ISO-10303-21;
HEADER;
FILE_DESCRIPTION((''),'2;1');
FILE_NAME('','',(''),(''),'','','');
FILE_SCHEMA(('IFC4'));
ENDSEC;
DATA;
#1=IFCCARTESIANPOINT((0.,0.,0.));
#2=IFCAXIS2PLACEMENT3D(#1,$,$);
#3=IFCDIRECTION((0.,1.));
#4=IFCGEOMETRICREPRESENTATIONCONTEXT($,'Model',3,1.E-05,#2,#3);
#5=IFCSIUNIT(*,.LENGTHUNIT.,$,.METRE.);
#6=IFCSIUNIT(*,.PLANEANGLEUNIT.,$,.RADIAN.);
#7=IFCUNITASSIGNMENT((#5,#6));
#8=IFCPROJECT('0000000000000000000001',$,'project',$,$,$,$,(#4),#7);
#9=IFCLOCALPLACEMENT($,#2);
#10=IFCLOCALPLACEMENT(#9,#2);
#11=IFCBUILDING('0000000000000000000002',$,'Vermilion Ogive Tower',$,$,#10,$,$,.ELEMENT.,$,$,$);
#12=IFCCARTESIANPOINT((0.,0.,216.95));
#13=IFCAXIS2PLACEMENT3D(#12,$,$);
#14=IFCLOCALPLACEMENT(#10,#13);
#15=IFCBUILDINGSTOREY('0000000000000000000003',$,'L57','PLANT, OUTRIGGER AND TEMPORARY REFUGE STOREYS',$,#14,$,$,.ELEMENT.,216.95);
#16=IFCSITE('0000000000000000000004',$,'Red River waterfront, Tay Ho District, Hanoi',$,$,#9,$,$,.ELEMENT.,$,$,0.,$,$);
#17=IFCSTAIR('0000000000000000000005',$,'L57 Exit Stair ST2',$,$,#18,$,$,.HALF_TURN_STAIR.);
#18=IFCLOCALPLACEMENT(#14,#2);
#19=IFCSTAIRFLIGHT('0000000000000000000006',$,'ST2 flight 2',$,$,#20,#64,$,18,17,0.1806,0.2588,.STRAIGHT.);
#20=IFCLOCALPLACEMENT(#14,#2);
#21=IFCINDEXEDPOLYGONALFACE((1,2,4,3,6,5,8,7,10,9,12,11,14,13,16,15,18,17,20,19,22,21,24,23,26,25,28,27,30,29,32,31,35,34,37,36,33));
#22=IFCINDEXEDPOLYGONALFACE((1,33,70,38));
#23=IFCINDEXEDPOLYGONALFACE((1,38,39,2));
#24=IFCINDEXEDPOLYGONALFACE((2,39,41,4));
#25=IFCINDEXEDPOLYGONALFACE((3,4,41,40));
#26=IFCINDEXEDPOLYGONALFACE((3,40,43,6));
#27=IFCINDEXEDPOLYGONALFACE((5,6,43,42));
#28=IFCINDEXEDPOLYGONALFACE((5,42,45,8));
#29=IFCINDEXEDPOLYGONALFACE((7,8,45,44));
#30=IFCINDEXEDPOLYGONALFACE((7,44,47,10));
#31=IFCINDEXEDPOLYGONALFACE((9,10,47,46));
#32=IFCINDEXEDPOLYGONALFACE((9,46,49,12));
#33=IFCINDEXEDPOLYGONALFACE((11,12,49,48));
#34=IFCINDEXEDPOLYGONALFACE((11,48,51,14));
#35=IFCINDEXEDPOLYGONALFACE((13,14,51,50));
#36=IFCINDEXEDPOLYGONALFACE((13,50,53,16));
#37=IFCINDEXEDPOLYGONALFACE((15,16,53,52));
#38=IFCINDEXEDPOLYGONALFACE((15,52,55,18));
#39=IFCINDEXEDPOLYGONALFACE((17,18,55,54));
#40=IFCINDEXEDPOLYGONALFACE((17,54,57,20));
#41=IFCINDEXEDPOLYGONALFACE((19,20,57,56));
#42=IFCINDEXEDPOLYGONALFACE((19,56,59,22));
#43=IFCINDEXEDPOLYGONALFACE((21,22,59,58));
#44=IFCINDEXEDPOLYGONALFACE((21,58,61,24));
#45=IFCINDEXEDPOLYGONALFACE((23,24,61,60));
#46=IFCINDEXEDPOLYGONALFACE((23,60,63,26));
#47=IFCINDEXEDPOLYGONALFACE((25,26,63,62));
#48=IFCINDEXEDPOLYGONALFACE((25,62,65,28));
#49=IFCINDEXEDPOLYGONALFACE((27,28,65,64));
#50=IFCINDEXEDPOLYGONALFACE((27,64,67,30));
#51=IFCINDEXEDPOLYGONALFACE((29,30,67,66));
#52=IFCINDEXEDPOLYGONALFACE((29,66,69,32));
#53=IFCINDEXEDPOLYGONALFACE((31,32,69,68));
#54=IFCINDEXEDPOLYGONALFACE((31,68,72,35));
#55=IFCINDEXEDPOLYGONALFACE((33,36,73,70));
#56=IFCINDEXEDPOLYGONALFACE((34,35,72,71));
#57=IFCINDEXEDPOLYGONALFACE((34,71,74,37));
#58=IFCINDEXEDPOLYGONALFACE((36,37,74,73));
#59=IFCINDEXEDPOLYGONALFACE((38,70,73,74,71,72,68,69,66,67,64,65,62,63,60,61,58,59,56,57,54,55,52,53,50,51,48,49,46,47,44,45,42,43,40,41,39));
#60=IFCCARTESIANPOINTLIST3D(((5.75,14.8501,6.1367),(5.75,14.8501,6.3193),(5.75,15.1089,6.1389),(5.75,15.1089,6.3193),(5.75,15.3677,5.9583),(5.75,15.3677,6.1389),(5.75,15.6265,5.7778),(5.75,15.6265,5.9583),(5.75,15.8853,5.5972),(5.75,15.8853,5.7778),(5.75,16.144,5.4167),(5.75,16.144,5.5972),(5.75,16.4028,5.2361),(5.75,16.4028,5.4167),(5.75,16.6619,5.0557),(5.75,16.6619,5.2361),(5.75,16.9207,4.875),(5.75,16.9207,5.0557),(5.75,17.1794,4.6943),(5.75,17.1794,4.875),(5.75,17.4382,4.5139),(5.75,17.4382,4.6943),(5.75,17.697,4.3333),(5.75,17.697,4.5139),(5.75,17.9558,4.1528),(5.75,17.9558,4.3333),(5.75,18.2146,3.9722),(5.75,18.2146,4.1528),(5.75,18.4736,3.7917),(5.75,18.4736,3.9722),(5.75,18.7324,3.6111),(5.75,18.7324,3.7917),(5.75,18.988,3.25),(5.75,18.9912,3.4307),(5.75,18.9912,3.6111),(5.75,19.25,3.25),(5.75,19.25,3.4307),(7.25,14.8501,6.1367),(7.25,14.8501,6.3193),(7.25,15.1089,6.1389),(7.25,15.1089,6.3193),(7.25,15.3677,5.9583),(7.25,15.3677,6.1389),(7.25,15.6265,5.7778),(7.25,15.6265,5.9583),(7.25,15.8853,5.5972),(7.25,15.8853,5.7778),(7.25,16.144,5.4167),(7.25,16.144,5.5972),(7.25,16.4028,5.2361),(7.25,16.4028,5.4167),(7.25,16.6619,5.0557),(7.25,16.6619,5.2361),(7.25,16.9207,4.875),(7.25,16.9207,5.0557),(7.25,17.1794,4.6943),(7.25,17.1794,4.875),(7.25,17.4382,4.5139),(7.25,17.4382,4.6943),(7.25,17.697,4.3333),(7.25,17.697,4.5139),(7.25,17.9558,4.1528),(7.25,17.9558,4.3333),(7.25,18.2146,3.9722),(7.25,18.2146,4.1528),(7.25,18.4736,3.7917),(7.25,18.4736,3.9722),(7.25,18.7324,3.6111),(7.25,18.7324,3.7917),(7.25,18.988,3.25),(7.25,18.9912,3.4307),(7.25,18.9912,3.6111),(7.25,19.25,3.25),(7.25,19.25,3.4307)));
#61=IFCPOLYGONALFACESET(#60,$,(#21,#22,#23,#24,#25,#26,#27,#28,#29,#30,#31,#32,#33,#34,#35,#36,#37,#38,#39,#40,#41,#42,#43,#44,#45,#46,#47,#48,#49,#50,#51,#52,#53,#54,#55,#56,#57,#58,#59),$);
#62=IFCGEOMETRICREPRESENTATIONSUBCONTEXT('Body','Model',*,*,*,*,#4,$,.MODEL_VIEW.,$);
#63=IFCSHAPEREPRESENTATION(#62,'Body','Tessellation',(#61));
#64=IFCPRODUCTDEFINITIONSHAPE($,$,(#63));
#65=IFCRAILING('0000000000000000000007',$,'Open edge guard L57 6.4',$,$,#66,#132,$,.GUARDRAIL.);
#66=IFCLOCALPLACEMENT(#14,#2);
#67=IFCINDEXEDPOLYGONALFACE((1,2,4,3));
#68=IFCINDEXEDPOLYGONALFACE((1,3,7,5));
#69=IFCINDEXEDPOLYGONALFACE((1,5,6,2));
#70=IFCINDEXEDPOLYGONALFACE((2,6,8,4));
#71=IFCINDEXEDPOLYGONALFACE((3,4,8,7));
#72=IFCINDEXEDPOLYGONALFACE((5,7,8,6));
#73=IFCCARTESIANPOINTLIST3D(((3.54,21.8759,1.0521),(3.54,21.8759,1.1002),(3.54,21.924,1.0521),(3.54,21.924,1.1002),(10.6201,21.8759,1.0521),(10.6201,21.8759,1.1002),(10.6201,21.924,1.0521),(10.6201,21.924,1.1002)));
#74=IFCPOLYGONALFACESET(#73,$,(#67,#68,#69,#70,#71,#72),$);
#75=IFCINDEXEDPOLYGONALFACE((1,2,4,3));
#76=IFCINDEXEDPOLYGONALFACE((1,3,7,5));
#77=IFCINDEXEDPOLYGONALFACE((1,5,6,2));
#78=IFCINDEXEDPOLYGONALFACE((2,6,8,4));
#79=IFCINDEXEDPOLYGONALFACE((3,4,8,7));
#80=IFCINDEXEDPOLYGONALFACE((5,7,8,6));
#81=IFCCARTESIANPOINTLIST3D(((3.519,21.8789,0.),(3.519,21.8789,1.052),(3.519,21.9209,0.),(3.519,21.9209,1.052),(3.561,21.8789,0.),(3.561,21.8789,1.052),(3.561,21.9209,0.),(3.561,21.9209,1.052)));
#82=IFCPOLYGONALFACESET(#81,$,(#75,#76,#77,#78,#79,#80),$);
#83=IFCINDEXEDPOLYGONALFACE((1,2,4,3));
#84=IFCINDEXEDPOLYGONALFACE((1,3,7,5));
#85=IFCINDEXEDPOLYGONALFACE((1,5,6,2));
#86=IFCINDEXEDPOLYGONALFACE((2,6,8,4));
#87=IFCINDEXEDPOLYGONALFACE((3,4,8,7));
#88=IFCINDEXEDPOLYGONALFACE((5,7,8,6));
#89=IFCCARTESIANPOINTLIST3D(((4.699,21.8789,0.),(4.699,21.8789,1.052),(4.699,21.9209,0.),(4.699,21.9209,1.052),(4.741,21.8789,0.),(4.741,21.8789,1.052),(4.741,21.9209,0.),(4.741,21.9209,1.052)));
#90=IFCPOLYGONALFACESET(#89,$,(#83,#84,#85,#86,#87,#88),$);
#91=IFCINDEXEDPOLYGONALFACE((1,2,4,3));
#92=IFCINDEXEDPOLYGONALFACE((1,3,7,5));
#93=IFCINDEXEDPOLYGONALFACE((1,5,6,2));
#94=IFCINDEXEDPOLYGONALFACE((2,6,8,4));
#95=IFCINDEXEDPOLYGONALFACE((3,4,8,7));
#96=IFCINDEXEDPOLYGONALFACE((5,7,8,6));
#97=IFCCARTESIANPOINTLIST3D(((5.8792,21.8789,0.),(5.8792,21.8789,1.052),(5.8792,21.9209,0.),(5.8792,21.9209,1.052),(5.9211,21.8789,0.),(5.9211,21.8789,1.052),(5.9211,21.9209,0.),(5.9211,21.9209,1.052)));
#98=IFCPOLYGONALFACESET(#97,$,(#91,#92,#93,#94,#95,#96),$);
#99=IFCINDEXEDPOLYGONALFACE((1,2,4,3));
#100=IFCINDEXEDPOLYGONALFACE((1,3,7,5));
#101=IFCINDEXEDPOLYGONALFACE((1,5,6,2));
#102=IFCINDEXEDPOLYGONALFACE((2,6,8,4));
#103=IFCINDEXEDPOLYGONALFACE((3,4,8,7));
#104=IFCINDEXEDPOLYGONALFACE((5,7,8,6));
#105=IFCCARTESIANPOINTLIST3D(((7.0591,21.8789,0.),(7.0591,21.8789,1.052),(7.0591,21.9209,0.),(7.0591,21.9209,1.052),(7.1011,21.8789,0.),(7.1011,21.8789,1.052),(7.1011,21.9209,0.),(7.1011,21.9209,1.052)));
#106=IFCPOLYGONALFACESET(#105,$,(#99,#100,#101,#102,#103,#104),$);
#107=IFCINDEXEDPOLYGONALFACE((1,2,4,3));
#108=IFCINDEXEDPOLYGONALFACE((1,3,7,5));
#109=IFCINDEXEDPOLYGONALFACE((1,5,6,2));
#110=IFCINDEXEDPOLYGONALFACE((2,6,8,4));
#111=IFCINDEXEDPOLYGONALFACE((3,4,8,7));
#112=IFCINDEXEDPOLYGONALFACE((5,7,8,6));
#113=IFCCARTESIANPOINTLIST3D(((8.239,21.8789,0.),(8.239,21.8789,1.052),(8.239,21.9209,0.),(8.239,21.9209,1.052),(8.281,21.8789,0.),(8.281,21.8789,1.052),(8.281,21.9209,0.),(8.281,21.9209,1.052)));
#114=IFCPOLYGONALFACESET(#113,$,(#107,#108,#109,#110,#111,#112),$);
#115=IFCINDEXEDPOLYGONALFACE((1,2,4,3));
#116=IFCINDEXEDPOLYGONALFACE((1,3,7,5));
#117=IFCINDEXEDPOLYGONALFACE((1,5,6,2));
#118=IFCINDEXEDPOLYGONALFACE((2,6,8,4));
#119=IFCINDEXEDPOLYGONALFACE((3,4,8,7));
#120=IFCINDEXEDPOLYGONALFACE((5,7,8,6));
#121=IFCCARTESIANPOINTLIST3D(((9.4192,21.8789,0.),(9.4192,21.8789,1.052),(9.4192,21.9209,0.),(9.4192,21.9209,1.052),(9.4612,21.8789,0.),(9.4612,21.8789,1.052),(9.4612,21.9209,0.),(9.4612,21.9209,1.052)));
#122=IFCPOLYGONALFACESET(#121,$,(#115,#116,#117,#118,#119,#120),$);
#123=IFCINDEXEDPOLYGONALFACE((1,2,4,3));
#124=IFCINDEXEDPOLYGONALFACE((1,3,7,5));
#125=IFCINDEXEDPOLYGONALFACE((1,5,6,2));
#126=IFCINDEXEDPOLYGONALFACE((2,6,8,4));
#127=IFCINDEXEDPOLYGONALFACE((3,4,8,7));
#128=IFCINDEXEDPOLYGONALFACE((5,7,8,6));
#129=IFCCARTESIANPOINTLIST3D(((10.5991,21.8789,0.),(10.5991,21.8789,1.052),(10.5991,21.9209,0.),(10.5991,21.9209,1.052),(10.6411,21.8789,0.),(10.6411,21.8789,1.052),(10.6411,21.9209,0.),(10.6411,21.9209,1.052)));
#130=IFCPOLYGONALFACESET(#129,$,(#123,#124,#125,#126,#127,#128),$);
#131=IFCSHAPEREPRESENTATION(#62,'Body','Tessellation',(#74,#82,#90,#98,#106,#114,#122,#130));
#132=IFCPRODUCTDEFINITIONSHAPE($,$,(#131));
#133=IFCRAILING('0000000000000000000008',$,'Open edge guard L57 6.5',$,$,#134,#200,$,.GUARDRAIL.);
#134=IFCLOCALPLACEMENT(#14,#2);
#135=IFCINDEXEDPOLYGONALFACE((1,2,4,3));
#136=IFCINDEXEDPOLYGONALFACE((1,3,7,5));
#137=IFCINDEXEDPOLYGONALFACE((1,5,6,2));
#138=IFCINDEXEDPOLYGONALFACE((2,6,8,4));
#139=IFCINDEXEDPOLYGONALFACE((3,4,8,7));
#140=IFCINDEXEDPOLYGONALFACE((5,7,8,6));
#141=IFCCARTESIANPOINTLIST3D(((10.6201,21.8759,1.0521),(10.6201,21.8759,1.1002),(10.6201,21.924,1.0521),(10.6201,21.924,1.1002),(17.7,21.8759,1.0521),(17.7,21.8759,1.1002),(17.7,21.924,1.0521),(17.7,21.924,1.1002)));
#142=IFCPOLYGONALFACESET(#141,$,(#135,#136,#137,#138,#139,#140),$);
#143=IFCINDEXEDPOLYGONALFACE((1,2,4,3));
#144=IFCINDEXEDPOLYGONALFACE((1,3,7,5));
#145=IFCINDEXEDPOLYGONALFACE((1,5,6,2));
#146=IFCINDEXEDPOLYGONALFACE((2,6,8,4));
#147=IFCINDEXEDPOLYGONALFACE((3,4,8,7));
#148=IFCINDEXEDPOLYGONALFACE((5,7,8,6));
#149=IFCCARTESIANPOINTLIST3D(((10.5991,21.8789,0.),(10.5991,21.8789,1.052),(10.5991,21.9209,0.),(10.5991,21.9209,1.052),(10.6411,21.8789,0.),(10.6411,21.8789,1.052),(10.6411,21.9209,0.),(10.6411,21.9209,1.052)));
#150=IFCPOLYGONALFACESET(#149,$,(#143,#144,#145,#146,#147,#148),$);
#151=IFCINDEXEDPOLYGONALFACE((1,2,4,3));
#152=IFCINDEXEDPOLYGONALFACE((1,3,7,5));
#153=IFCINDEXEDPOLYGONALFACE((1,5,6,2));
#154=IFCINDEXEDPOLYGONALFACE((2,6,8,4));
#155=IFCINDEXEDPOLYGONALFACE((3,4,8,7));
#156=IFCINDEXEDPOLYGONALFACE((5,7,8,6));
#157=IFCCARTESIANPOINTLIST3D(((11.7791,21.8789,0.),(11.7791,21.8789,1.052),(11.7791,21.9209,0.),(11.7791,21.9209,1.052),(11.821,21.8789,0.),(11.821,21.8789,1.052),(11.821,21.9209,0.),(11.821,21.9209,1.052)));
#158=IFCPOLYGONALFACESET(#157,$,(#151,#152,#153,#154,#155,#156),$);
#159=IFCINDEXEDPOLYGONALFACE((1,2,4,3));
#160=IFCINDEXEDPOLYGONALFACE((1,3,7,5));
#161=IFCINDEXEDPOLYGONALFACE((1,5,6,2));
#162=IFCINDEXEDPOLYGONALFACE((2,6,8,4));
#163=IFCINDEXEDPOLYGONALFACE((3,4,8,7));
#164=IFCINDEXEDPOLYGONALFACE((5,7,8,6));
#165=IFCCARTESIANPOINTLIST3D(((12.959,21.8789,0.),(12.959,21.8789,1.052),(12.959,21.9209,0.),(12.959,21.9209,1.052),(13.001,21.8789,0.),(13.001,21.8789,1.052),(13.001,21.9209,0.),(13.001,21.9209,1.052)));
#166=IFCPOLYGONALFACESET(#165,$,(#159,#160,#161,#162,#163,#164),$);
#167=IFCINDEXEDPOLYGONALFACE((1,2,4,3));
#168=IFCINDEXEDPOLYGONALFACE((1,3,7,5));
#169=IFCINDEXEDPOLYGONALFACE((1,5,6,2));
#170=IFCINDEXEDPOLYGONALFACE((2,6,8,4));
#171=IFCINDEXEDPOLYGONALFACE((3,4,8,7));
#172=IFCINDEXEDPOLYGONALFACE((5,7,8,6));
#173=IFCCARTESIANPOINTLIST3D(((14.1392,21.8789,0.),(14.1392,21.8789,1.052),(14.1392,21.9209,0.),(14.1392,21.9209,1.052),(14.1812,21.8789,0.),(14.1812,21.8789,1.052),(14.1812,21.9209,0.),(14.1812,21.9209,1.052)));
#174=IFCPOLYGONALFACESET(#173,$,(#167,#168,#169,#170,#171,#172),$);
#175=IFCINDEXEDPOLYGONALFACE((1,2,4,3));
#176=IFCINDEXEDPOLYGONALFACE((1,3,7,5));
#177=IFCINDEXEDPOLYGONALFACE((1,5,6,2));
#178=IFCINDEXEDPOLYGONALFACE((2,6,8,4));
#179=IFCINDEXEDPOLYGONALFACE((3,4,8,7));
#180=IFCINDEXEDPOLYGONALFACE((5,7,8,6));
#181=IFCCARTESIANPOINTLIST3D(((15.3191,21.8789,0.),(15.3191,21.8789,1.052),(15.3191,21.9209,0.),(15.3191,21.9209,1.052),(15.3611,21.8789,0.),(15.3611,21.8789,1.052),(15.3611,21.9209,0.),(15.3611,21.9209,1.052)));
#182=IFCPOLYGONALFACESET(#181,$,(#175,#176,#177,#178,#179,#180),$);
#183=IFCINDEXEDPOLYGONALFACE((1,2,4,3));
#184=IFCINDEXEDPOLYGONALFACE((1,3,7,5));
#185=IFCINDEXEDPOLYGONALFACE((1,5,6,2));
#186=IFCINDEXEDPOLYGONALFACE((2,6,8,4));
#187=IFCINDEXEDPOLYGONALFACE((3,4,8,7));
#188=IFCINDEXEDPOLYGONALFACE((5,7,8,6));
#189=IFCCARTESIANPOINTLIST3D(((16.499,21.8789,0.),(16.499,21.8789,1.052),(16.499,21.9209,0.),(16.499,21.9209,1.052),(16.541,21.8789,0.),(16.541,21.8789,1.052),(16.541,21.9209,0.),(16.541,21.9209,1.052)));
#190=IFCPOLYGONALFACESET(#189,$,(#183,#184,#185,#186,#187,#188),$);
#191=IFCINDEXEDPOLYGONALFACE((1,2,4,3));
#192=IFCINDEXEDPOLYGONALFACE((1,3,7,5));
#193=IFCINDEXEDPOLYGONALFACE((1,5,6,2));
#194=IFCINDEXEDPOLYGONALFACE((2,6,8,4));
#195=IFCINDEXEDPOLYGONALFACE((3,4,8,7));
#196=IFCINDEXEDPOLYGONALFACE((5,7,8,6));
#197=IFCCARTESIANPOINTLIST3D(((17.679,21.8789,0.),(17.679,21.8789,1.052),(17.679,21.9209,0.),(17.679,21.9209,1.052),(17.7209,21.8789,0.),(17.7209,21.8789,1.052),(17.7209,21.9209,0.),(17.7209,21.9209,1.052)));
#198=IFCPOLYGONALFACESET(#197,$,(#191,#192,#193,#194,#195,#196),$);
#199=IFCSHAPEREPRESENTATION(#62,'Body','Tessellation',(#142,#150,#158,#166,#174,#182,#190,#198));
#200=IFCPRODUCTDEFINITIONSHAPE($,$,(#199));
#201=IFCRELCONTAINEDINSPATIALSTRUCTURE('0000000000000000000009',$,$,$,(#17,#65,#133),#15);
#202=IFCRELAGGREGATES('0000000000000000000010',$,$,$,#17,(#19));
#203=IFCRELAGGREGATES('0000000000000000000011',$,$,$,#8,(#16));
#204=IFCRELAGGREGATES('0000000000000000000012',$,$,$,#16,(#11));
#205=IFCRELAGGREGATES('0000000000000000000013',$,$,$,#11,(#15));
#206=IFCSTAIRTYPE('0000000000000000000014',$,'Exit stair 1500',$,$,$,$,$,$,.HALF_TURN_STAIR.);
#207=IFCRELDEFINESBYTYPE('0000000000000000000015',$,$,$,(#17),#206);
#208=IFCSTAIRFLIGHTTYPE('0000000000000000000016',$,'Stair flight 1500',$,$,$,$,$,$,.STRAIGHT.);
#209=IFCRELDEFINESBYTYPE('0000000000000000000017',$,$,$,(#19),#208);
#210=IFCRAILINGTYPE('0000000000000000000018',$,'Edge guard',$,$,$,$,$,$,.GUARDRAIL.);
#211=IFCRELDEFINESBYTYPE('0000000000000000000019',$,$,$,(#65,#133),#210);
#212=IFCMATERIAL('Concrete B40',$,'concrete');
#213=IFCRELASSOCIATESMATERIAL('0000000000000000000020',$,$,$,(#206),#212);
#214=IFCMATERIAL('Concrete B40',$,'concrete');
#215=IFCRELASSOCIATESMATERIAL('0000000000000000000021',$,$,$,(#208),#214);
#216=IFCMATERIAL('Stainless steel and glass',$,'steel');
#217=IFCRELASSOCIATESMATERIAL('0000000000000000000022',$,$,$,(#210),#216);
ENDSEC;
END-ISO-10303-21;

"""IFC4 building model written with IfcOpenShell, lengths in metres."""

from ifc_helpers import new_model, si_unit, direction, frame, origin, origin_2d, place, context, subcontext, project, spatial, polyline, rectangle, outline, extrude, material, type_object, element, aggregate, save


model = new_model("IFC4")

# Units and contexts
model_context = context("Model", 3, precision=1e-05, world=origin(), true_north=direction((0.0, 1.0)))
body_context = subcontext(model_context, "Body", "Model", "MODEL_VIEW")
ifc_project = project(units=[si_unit("LENGTHUNIT", "METRE"), si_unit("PLANEANGLEUNIT", "RADIAN")], contexts=[model_context])

# Site, building, storey
site_placement = place(None, origin())
site = spatial("IfcSite", under=ifc_project, at=site_placement, Name="Red River waterfront, Tay Ho District, Hanoi", CompositionType="ELEMENT", RefElevation=0.0)
building_placement = place(site_placement, origin())
building = spatial("IfcBuilding", under=site, at=building_placement, Name="Vermilion Ogive Tower", CompositionType="ELEMENT")
storey_placement = place(building_placement, frame((0.0, 0.0, 216.95)))
storey = spatial("IfcBuildingStorey", under=building, at=storey_placement, Name="L57", Description="PLANT, OUTRIGGER AND TEMPORARY REFUGE STOREYS", CompositionType="ELEMENT", Elevation=216.95)

# Stair, stair flight
ifc_material_1 = material(Name="Concrete B40", Category="concrete")
stair_type = type_object("IfcStairType", Name="Exit stair 1500", PredefinedType="HALF_TURN_STAIR", material=ifc_material_1)
stair_placement = place(storey_placement, origin())
stair = element("IfcStair", 1, at=stair_placement, inside=storey, type_object=stair_type, Name="L57 Exit Stair ST2", PredefinedType="HALF_TURN_STAIR")
ifc_material_2 = material(Name="Concrete B40", Category="concrete")
stair_flight_type = type_object("IfcStairFlightType", Name="Stair flight 1500", PredefinedType="STRAIGHT", material=ifc_material_2)
stair_flight_1_placement = place(storey_placement, frame((6.5, 19.25, 3.25), z_axis=(0.0, 0.0, 1.0), x_axis=(0.0, -1.0, 0.0)))
stair_flight_1 = element("IfcStairFlight", 2, at=stair_flight_1_placement, type_object=stair_flight_type, Name="ST2 flight 2", NumberOfRisers=18, NumberOfTreads=17, PredefinedType="STRAIGHT", RiserHeight=0.1806, TreadLength=0.2588, context=body_context, shape_type="SweptSolid", body=[
    extrude(outline(polyline([(0.0, 0.0), (0.0, 0.1807), (0.2588, 0.1807), (0.2588, 0.3611), (0.5176, 0.3611), (0.5176, 0.5417), (0.7764, 0.5417), (0.7764, 0.7222), (1.0354, 0.7222), (1.0354, 0.9028), (1.2942, 0.9028), (1.2942, 1.0833), (1.553, 1.0833), (1.553, 1.2639), (1.8118, 1.2639), (1.8118, 1.4443), (2.0706, 1.4443), (2.0706, 1.625), (2.3293, 1.625), (2.3293, 1.8057), (2.5881, 1.8057), (2.5881, 1.9861), (2.8472, 1.9861), (2.8472, 2.1667), (3.106, 2.1667), (3.106, 2.3472), (3.3647, 2.3472), (3.3647, 2.5278), (3.6235, 2.5278), (3.6235, 2.7083), (3.8823, 2.7083), (3.8823, 2.8889), (4.1411, 2.8889), (4.1411, 3.0693), (4.3999, 3.0693), (4.3999, 3.25), (4.3999, 2.8867), (0.262, 0.0), (0.0, 0.0)])), frame((0.0, 0.75, 0.0), z_axis=(0.0, -1.0, 0.0), x_axis=(1.0, 0.0, 0.0)), (0.0, 0.0, 1.0), 1.5),
])
aggregate(stair, [stair_flight_1])

# Railings
ifc_material_3 = material(Name="Stainless steel and glass", Category="steel")
railing_type_1 = type_object("IfcRailingType", Name="Edge guard", PredefinedType="GUARDRAIL", material=ifc_material_3)
railing_1_placement = place(storey_placement, frame((3.54, 21.8999, 0.0)))
element("IfcRailing", 3, at=railing_1_placement, inside=storey, type_object=railing_type_1, Name="Open edge guard L57 6.4", PredefinedType="GUARDRAIL", context=body_context, shape_type="SweptSolid", body=[
    extrude(rectangle(XDim=0.0481, YDim=0.0481, at=origin_2d()), frame((0.0, 0.0, 1.0762), z_axis=(1.0, 0.0, 0.0), x_axis=(0.0, 1.0, 0.0)), (0.0, 0.0, 1.0), 7.0801),
    extrude(rectangle(XDim=0.042, YDim=0.042, at=origin_2d()), origin(), (0.0, 0.0, 1.0), 1.052),
    extrude(rectangle(XDim=0.042, YDim=0.042, at=origin_2d()), frame((1.1799, 0.0, 0.0)), (0.0, 0.0, 1.0), 1.052),
    extrude(rectangle(XDim=0.042, YDim=0.042, at=origin_2d()), frame((2.3601, 0.0, 0.0)), (0.0, 0.0, 1.0), 1.052),
    extrude(rectangle(XDim=0.042, YDim=0.042, at=origin_2d()), frame((3.54, 0.0, 0.0)), (0.0, 0.0, 1.0), 1.052),
    extrude(rectangle(XDim=0.042, YDim=0.042, at=origin_2d()), frame((4.72, 0.0, 0.0)), (0.0, 0.0, 1.0), 1.052),
    extrude(rectangle(XDim=0.042, YDim=0.042, at=origin_2d()), frame((5.9001, 0.0, 0.0)), (0.0, 0.0, 1.0), 1.052),
    extrude(rectangle(XDim=0.042, YDim=0.042, at=origin_2d()), frame((7.0801, 0.0, 0.0)), (0.0, 0.0, 1.0), 1.052),
])
railing_2_placement = place(storey_placement, frame((10.6201, 21.8999, 0.0)))
element("IfcRailing", 4, at=railing_2_placement, inside=storey, type_object=railing_type_1, Name="Open edge guard L57 6.5", PredefinedType="GUARDRAIL", context=body_context, shape_type="SweptSolid", body=[
    extrude(rectangle(XDim=0.0481, YDim=0.0481, at=origin_2d()), frame((0.0, 0.0, 1.0762), z_axis=(1.0, 0.0, 0.0), x_axis=(0.0, 1.0, 0.0)), (0.0, 0.0, 1.0), 7.0798),
    extrude(rectangle(XDim=0.042, YDim=0.042, at=origin_2d()), origin(), (0.0, 0.0, 1.0), 1.052),
    extrude(rectangle(XDim=0.042, YDim=0.042, at=origin_2d()), frame((1.1799, 0.0, 0.0)), (0.0, 0.0, 1.0), 1.052),
    extrude(rectangle(XDim=0.042, YDim=0.042, at=origin_2d()), frame((2.3599, 0.0, 0.0)), (0.0, 0.0, 1.0), 1.052),
    extrude(rectangle(XDim=0.042, YDim=0.042, at=origin_2d()), frame((3.54, 0.0, 0.0)), (0.0, 0.0, 1.0), 1.052),
    extrude(rectangle(XDim=0.042, YDim=0.042, at=origin_2d()), frame((4.72, 0.0, 0.0)), (0.0, 0.0, 1.0), 1.052),
    extrude(rectangle(XDim=0.042, YDim=0.042, at=origin_2d()), frame((5.8999, 0.0, 0.0)), (0.0, 0.0, 1.0), 1.052),
    extrude(rectangle(XDim=0.042, YDim=0.042, at=origin_2d()), frame((7.0798, 0.0, 0.0)), (0.0, 0.0, 1.0), 1.052),
])

save(model, "model.ifc")
